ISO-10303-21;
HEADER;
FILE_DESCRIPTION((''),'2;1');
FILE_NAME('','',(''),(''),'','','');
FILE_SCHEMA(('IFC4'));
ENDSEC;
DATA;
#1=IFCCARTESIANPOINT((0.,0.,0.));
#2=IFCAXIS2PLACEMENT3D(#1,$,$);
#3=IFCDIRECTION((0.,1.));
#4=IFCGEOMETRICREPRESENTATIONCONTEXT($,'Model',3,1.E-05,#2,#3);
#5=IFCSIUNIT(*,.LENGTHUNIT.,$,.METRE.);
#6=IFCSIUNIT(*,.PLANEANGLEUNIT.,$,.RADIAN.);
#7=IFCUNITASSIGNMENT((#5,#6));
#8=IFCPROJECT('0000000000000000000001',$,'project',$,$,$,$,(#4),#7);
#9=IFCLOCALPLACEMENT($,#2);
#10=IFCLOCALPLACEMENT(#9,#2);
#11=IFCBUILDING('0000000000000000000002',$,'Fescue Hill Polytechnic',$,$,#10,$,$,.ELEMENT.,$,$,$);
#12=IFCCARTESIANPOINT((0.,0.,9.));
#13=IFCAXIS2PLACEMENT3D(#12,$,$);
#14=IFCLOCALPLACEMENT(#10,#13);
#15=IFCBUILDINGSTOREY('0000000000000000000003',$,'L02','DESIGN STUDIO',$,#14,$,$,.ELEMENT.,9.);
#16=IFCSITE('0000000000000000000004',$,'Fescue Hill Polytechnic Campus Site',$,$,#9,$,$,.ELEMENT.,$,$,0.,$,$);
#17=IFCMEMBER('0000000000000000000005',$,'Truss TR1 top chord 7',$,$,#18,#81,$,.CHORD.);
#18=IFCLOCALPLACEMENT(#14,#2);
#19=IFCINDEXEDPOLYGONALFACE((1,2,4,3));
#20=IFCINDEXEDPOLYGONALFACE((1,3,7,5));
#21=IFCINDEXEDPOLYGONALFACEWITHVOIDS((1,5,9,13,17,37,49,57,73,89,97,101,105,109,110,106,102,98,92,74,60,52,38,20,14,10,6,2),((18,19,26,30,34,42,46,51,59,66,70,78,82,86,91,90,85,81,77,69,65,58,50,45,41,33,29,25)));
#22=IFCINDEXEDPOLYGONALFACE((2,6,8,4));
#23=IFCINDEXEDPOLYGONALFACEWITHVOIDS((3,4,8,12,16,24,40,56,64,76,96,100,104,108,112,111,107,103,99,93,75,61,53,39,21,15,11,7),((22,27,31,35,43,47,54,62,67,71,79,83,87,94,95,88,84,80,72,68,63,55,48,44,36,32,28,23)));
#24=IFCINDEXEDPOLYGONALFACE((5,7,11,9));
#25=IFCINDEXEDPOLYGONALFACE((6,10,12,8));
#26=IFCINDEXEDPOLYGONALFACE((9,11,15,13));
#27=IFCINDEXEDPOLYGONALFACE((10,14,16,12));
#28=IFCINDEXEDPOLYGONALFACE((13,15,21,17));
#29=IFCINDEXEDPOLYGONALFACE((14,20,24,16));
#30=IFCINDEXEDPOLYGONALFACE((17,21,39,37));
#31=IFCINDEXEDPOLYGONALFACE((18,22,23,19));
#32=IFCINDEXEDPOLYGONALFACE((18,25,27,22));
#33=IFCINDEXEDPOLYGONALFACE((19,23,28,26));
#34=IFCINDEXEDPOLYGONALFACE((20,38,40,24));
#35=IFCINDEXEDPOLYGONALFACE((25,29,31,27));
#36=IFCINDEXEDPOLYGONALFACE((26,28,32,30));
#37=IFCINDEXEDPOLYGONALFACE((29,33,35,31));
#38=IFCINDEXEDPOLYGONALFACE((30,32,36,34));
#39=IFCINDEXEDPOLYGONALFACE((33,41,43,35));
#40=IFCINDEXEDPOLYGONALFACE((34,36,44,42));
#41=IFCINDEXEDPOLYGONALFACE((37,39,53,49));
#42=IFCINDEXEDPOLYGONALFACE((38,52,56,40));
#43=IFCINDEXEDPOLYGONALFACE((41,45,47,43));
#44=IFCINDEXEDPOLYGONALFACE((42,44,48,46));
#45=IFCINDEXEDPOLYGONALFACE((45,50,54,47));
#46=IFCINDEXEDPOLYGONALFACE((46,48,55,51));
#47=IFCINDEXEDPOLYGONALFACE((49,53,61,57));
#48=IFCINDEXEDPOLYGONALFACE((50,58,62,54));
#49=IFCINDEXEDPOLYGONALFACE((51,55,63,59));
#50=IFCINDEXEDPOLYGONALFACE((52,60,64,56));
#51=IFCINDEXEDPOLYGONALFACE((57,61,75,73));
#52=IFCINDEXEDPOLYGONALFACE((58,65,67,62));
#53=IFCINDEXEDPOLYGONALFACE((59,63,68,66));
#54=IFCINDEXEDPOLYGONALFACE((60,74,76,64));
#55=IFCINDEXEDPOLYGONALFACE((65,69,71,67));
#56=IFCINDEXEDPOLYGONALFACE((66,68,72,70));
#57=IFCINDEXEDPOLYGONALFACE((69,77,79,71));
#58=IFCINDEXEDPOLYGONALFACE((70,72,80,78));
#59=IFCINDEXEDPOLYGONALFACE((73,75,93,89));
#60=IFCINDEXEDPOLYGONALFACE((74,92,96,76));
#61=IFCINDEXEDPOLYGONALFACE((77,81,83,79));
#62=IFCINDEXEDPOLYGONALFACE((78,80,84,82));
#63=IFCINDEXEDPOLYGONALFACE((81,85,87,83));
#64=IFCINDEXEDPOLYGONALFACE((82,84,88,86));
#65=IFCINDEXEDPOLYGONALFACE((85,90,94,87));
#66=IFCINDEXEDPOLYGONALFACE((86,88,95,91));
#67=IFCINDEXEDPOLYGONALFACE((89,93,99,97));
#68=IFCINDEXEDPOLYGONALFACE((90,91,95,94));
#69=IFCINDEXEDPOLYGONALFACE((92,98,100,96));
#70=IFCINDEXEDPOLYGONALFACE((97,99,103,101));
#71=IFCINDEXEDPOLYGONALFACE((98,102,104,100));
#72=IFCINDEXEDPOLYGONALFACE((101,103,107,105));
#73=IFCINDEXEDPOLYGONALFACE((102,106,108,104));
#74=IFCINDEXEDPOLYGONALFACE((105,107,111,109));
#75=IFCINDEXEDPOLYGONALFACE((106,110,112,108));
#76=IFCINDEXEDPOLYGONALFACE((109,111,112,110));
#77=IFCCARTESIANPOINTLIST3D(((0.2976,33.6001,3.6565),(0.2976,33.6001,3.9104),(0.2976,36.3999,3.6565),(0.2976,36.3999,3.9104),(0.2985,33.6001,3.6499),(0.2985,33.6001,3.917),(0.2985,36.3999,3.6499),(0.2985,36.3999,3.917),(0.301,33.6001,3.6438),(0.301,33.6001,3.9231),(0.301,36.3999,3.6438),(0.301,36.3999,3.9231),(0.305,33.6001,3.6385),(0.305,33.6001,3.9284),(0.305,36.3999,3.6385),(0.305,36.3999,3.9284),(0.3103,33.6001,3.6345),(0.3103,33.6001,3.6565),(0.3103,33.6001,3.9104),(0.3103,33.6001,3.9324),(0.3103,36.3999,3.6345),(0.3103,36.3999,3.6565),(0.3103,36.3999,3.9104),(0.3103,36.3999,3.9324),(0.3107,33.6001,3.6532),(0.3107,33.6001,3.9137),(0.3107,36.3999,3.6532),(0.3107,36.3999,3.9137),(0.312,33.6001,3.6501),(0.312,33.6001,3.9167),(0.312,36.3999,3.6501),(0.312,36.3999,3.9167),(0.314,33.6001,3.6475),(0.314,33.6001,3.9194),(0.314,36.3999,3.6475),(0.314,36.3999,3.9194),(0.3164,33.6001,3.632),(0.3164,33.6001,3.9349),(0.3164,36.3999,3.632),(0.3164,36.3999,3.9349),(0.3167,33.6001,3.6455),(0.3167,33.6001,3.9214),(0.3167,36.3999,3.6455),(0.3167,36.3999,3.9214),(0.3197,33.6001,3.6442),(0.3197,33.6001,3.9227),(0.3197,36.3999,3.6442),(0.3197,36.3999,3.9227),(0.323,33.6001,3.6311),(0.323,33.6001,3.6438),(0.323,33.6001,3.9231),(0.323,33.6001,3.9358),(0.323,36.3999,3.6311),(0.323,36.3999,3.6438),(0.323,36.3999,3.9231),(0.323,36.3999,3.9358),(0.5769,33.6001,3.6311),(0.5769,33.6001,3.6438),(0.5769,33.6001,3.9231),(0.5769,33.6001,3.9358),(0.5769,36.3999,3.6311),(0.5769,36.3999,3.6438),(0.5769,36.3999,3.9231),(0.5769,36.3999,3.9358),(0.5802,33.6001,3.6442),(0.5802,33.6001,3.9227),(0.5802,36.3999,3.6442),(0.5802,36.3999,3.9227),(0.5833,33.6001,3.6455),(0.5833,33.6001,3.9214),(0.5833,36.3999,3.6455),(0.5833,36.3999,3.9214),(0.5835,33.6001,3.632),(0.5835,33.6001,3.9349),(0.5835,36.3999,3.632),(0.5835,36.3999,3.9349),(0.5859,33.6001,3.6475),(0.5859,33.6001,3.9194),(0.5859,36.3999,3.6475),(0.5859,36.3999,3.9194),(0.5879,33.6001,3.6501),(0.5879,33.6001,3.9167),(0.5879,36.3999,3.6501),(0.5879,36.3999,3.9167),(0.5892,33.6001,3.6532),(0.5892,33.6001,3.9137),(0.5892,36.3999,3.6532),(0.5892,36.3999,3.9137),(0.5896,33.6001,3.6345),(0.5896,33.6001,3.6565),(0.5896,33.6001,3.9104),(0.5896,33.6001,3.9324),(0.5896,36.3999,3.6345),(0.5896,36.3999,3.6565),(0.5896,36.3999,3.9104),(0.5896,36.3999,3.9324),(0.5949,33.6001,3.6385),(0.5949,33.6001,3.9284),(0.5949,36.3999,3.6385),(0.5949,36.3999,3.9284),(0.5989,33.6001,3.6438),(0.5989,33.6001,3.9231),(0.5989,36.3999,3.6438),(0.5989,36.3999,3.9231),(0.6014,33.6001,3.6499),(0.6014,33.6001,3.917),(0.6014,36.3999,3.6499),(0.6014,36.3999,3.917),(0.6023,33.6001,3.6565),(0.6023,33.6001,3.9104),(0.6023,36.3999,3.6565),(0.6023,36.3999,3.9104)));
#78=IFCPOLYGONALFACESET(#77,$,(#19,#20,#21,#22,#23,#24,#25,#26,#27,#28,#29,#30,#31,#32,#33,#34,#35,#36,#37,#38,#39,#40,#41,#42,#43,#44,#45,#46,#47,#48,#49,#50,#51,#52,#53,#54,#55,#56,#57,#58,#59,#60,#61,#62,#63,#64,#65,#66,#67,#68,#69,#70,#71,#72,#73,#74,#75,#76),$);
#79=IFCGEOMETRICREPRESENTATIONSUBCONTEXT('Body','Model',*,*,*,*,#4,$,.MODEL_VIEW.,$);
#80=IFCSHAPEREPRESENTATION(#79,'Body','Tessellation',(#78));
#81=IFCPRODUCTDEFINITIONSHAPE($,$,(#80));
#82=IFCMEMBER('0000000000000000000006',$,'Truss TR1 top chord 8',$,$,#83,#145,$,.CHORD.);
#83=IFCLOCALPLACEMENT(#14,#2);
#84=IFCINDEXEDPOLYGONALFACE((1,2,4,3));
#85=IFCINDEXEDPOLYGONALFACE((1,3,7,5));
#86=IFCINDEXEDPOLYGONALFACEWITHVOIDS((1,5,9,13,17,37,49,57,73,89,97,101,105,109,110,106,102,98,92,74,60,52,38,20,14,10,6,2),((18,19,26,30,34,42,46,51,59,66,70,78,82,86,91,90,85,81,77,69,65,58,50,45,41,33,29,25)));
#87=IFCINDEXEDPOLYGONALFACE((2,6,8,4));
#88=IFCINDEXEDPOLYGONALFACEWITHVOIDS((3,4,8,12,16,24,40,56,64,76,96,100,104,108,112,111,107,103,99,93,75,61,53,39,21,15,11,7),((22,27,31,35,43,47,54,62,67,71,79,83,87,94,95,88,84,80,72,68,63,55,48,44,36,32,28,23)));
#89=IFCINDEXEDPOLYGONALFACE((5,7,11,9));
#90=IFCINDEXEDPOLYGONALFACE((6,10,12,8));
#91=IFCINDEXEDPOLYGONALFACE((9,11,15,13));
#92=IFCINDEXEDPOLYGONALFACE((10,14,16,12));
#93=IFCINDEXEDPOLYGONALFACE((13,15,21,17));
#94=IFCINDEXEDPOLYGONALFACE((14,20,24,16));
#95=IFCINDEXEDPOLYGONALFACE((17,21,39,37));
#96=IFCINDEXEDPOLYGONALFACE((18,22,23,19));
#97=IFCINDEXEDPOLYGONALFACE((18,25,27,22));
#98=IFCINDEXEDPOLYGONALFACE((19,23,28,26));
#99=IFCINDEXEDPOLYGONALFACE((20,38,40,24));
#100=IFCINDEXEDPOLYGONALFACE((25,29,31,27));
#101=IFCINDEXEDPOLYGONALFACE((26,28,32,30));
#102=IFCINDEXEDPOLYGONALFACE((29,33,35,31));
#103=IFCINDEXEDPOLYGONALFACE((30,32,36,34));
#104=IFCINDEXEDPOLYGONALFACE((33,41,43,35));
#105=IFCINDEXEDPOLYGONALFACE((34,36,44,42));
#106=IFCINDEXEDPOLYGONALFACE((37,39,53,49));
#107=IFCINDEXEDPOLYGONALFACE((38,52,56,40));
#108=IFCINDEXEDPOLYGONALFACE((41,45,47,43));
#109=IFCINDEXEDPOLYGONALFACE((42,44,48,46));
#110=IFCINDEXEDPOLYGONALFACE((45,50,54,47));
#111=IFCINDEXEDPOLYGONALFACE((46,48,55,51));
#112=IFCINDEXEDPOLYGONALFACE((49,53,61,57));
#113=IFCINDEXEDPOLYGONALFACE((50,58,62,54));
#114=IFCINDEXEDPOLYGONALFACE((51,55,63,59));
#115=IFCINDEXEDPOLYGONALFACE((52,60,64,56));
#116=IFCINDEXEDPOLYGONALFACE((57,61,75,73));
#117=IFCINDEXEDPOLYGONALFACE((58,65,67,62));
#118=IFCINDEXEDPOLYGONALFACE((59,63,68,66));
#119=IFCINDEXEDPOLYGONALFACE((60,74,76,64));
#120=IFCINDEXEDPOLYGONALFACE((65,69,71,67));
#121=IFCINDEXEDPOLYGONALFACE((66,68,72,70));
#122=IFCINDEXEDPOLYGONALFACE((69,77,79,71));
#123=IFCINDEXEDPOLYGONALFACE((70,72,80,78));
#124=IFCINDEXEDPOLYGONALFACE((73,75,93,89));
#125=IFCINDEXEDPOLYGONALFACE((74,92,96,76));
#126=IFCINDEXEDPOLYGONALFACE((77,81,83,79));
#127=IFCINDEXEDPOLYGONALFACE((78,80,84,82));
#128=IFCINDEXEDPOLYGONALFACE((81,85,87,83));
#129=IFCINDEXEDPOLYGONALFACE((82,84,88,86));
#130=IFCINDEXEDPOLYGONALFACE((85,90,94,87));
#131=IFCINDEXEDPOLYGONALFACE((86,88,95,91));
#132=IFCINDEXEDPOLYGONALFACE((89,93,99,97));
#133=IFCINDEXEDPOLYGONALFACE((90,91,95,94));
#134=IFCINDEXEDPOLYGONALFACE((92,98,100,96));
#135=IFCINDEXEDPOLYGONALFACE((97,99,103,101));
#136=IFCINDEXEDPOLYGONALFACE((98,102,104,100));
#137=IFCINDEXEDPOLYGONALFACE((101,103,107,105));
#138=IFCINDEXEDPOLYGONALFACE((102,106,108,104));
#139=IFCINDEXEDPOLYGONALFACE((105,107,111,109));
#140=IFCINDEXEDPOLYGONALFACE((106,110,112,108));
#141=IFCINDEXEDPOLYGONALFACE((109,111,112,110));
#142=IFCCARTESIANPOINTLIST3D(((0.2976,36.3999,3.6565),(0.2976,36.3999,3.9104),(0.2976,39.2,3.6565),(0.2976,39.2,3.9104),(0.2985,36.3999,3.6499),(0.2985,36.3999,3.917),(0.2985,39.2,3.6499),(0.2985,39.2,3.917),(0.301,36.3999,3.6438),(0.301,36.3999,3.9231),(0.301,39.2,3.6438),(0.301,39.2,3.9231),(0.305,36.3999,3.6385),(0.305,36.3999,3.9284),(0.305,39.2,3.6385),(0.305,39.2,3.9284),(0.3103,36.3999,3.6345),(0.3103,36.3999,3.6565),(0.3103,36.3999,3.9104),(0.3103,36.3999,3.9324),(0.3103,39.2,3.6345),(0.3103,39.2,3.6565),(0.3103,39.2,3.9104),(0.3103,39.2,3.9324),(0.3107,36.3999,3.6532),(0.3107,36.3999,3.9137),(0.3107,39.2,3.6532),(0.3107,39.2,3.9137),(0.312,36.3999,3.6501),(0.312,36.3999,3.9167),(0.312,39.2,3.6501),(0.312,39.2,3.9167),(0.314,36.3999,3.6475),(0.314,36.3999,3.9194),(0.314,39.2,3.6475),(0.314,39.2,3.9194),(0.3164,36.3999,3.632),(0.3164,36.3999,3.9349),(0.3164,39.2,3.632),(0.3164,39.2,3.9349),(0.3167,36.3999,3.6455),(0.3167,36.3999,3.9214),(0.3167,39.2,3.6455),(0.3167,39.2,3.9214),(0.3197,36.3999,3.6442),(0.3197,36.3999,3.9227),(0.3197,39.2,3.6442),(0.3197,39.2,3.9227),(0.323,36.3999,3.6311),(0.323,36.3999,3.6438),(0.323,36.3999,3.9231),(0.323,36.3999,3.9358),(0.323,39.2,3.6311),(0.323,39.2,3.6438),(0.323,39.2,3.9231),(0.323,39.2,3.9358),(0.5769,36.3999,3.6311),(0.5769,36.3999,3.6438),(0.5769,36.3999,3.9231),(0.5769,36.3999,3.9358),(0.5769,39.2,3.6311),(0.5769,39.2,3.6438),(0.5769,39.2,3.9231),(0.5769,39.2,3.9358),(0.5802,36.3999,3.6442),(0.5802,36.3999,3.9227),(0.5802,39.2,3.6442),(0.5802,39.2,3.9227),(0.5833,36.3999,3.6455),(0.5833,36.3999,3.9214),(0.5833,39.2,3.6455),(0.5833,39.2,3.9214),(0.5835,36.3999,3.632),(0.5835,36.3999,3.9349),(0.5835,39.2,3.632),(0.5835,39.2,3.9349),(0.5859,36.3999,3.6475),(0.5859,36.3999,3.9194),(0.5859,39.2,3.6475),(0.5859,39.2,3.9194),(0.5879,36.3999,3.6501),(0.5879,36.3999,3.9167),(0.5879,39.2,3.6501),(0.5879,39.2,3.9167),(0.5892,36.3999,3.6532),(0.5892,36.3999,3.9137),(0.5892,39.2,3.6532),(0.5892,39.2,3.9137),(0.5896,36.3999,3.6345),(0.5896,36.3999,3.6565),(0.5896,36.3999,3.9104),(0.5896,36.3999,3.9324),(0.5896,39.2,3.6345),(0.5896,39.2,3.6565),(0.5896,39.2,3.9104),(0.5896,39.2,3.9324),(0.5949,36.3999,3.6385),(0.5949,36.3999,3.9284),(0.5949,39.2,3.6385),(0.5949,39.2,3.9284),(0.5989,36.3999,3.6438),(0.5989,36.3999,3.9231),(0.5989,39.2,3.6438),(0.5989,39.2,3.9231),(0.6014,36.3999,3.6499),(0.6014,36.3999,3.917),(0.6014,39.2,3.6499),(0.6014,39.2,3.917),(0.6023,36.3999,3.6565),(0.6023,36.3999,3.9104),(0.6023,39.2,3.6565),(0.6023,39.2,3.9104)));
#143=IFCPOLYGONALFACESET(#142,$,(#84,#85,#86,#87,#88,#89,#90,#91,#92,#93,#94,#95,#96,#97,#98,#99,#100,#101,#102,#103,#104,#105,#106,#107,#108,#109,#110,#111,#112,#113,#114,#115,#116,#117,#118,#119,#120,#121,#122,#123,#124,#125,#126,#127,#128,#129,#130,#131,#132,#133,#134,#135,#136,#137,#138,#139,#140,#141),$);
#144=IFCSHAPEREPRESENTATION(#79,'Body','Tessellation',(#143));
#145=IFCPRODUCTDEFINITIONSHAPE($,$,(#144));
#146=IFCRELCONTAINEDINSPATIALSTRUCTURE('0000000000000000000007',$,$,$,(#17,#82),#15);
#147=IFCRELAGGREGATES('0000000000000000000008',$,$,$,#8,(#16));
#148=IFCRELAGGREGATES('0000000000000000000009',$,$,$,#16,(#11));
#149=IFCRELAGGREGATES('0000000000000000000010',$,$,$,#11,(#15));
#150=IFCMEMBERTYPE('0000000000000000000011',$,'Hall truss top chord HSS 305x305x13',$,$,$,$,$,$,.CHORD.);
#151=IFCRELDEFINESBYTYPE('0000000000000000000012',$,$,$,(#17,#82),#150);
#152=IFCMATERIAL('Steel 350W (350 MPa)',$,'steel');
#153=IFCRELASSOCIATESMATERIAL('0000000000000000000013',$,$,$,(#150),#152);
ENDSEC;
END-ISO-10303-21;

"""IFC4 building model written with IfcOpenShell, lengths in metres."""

from ifc_helpers import new_model, si_unit, direction, frame, origin, origin_2d, place, context, subcontext, project, spatial, hollow_rectangle, extrude, material, material_profile, profile_set, type_object, element, save


model = new_model("IFC4")

# Units and contexts
model_context = context("Model", 3, precision=1e-05, world=origin(), true_north=direction((0.0, 1.0)))
body_context = subcontext(model_context, "Body", "Model", "MODEL_VIEW")
ifc_project = project(units=[si_unit("LENGTHUNIT", "METRE"), si_unit("PLANEANGLEUNIT", "RADIAN")], contexts=[model_context])

# Site, building, storey
site_placement = place(None, origin())
site = spatial("IfcSite", under=ifc_project, at=site_placement, Name="Fescue Hill Polytechnic Campus Site", CompositionType="ELEMENT", RefElevation=0.0)
building_placement = place(site_placement, origin())
building = spatial("IfcBuilding", under=site, at=building_placement, Name="Fescue Hill Polytechnic", CompositionType="ELEMENT")
storey_placement = place(building_placement, frame((0.0, 0.0, 9.0)))
storey = spatial("IfcBuildingStorey", under=building, at=storey_placement, Name="L02", Description="DESIGN STUDIO", CompositionType="ELEMENT", Elevation=9.0)

# Members
ifc_material_1 = material(Name="Steel 350W (350 MPa)", Category="steel")
ifc_material_profile_1 = material_profile(ifc_material_1, hollow_rectangle(XDim=0.3047, YDim=0.3047, WallThickness=0.0127, InnerFilletRadius=0.0127, OuterFilletRadius=0.0254, at=origin_2d()), Name="Hall truss top chord HSS 305x305x13")
ifc_profile_set_1 = profile_set([ifc_material_profile_1], Name="Steel 350W (350 MPa)")
member_type_1 = type_object("IfcMemberType", Name="Hall truss top chord HSS 305x305x13", PredefinedType="CHORD", material=ifc_profile_set_1)
member_1_placement = place(storey_placement, frame((0.45, 33.6001, 3.7834), z_axis=(0.0, 1.0, 0.0), x_axis=(-1.0, 0.0, 0.0)))
element("IfcMember", 1, at=member_1_placement, inside=storey, type_object=member_type_1, Name="Truss TR1 top chord 7", PredefinedType="CHORD", context=body_context, shape_type="SweptSolid", body=[
    extrude(hollow_rectangle(XDim=0.3047, YDim=0.3047, WallThickness=0.0127, InnerFilletRadius=0.0127, OuterFilletRadius=0.0254, at=origin_2d()), origin(), (0.0, 0.0, 1.0), 2.7998),
])
for number, where, z_axis, x_axis, name in (
    (2, (0.45, 36.3999, 3.7834), (0.0, 1.0, 0.0), (-1.0, 0.0, 0.0), "Truss TR1 top chord 8"),
):
    element("IfcMember", number, at=place(storey_placement, frame(where, z_axis=z_axis, x_axis=x_axis)), inside=storey, type_object=member_type_1, Name=name, PredefinedType="CHORD", context=body_context, shape_type="SweptSolid", body=[
        extrude(hollow_rectangle(XDim=0.3047, YDim=0.3047, WallThickness=0.0127, InnerFilletRadius=0.0127, OuterFilletRadius=0.0254, at=origin_2d()), origin(), (0.0, 0.0, 1.0), 2.8),
    ])

save(model, "model.ifc")
